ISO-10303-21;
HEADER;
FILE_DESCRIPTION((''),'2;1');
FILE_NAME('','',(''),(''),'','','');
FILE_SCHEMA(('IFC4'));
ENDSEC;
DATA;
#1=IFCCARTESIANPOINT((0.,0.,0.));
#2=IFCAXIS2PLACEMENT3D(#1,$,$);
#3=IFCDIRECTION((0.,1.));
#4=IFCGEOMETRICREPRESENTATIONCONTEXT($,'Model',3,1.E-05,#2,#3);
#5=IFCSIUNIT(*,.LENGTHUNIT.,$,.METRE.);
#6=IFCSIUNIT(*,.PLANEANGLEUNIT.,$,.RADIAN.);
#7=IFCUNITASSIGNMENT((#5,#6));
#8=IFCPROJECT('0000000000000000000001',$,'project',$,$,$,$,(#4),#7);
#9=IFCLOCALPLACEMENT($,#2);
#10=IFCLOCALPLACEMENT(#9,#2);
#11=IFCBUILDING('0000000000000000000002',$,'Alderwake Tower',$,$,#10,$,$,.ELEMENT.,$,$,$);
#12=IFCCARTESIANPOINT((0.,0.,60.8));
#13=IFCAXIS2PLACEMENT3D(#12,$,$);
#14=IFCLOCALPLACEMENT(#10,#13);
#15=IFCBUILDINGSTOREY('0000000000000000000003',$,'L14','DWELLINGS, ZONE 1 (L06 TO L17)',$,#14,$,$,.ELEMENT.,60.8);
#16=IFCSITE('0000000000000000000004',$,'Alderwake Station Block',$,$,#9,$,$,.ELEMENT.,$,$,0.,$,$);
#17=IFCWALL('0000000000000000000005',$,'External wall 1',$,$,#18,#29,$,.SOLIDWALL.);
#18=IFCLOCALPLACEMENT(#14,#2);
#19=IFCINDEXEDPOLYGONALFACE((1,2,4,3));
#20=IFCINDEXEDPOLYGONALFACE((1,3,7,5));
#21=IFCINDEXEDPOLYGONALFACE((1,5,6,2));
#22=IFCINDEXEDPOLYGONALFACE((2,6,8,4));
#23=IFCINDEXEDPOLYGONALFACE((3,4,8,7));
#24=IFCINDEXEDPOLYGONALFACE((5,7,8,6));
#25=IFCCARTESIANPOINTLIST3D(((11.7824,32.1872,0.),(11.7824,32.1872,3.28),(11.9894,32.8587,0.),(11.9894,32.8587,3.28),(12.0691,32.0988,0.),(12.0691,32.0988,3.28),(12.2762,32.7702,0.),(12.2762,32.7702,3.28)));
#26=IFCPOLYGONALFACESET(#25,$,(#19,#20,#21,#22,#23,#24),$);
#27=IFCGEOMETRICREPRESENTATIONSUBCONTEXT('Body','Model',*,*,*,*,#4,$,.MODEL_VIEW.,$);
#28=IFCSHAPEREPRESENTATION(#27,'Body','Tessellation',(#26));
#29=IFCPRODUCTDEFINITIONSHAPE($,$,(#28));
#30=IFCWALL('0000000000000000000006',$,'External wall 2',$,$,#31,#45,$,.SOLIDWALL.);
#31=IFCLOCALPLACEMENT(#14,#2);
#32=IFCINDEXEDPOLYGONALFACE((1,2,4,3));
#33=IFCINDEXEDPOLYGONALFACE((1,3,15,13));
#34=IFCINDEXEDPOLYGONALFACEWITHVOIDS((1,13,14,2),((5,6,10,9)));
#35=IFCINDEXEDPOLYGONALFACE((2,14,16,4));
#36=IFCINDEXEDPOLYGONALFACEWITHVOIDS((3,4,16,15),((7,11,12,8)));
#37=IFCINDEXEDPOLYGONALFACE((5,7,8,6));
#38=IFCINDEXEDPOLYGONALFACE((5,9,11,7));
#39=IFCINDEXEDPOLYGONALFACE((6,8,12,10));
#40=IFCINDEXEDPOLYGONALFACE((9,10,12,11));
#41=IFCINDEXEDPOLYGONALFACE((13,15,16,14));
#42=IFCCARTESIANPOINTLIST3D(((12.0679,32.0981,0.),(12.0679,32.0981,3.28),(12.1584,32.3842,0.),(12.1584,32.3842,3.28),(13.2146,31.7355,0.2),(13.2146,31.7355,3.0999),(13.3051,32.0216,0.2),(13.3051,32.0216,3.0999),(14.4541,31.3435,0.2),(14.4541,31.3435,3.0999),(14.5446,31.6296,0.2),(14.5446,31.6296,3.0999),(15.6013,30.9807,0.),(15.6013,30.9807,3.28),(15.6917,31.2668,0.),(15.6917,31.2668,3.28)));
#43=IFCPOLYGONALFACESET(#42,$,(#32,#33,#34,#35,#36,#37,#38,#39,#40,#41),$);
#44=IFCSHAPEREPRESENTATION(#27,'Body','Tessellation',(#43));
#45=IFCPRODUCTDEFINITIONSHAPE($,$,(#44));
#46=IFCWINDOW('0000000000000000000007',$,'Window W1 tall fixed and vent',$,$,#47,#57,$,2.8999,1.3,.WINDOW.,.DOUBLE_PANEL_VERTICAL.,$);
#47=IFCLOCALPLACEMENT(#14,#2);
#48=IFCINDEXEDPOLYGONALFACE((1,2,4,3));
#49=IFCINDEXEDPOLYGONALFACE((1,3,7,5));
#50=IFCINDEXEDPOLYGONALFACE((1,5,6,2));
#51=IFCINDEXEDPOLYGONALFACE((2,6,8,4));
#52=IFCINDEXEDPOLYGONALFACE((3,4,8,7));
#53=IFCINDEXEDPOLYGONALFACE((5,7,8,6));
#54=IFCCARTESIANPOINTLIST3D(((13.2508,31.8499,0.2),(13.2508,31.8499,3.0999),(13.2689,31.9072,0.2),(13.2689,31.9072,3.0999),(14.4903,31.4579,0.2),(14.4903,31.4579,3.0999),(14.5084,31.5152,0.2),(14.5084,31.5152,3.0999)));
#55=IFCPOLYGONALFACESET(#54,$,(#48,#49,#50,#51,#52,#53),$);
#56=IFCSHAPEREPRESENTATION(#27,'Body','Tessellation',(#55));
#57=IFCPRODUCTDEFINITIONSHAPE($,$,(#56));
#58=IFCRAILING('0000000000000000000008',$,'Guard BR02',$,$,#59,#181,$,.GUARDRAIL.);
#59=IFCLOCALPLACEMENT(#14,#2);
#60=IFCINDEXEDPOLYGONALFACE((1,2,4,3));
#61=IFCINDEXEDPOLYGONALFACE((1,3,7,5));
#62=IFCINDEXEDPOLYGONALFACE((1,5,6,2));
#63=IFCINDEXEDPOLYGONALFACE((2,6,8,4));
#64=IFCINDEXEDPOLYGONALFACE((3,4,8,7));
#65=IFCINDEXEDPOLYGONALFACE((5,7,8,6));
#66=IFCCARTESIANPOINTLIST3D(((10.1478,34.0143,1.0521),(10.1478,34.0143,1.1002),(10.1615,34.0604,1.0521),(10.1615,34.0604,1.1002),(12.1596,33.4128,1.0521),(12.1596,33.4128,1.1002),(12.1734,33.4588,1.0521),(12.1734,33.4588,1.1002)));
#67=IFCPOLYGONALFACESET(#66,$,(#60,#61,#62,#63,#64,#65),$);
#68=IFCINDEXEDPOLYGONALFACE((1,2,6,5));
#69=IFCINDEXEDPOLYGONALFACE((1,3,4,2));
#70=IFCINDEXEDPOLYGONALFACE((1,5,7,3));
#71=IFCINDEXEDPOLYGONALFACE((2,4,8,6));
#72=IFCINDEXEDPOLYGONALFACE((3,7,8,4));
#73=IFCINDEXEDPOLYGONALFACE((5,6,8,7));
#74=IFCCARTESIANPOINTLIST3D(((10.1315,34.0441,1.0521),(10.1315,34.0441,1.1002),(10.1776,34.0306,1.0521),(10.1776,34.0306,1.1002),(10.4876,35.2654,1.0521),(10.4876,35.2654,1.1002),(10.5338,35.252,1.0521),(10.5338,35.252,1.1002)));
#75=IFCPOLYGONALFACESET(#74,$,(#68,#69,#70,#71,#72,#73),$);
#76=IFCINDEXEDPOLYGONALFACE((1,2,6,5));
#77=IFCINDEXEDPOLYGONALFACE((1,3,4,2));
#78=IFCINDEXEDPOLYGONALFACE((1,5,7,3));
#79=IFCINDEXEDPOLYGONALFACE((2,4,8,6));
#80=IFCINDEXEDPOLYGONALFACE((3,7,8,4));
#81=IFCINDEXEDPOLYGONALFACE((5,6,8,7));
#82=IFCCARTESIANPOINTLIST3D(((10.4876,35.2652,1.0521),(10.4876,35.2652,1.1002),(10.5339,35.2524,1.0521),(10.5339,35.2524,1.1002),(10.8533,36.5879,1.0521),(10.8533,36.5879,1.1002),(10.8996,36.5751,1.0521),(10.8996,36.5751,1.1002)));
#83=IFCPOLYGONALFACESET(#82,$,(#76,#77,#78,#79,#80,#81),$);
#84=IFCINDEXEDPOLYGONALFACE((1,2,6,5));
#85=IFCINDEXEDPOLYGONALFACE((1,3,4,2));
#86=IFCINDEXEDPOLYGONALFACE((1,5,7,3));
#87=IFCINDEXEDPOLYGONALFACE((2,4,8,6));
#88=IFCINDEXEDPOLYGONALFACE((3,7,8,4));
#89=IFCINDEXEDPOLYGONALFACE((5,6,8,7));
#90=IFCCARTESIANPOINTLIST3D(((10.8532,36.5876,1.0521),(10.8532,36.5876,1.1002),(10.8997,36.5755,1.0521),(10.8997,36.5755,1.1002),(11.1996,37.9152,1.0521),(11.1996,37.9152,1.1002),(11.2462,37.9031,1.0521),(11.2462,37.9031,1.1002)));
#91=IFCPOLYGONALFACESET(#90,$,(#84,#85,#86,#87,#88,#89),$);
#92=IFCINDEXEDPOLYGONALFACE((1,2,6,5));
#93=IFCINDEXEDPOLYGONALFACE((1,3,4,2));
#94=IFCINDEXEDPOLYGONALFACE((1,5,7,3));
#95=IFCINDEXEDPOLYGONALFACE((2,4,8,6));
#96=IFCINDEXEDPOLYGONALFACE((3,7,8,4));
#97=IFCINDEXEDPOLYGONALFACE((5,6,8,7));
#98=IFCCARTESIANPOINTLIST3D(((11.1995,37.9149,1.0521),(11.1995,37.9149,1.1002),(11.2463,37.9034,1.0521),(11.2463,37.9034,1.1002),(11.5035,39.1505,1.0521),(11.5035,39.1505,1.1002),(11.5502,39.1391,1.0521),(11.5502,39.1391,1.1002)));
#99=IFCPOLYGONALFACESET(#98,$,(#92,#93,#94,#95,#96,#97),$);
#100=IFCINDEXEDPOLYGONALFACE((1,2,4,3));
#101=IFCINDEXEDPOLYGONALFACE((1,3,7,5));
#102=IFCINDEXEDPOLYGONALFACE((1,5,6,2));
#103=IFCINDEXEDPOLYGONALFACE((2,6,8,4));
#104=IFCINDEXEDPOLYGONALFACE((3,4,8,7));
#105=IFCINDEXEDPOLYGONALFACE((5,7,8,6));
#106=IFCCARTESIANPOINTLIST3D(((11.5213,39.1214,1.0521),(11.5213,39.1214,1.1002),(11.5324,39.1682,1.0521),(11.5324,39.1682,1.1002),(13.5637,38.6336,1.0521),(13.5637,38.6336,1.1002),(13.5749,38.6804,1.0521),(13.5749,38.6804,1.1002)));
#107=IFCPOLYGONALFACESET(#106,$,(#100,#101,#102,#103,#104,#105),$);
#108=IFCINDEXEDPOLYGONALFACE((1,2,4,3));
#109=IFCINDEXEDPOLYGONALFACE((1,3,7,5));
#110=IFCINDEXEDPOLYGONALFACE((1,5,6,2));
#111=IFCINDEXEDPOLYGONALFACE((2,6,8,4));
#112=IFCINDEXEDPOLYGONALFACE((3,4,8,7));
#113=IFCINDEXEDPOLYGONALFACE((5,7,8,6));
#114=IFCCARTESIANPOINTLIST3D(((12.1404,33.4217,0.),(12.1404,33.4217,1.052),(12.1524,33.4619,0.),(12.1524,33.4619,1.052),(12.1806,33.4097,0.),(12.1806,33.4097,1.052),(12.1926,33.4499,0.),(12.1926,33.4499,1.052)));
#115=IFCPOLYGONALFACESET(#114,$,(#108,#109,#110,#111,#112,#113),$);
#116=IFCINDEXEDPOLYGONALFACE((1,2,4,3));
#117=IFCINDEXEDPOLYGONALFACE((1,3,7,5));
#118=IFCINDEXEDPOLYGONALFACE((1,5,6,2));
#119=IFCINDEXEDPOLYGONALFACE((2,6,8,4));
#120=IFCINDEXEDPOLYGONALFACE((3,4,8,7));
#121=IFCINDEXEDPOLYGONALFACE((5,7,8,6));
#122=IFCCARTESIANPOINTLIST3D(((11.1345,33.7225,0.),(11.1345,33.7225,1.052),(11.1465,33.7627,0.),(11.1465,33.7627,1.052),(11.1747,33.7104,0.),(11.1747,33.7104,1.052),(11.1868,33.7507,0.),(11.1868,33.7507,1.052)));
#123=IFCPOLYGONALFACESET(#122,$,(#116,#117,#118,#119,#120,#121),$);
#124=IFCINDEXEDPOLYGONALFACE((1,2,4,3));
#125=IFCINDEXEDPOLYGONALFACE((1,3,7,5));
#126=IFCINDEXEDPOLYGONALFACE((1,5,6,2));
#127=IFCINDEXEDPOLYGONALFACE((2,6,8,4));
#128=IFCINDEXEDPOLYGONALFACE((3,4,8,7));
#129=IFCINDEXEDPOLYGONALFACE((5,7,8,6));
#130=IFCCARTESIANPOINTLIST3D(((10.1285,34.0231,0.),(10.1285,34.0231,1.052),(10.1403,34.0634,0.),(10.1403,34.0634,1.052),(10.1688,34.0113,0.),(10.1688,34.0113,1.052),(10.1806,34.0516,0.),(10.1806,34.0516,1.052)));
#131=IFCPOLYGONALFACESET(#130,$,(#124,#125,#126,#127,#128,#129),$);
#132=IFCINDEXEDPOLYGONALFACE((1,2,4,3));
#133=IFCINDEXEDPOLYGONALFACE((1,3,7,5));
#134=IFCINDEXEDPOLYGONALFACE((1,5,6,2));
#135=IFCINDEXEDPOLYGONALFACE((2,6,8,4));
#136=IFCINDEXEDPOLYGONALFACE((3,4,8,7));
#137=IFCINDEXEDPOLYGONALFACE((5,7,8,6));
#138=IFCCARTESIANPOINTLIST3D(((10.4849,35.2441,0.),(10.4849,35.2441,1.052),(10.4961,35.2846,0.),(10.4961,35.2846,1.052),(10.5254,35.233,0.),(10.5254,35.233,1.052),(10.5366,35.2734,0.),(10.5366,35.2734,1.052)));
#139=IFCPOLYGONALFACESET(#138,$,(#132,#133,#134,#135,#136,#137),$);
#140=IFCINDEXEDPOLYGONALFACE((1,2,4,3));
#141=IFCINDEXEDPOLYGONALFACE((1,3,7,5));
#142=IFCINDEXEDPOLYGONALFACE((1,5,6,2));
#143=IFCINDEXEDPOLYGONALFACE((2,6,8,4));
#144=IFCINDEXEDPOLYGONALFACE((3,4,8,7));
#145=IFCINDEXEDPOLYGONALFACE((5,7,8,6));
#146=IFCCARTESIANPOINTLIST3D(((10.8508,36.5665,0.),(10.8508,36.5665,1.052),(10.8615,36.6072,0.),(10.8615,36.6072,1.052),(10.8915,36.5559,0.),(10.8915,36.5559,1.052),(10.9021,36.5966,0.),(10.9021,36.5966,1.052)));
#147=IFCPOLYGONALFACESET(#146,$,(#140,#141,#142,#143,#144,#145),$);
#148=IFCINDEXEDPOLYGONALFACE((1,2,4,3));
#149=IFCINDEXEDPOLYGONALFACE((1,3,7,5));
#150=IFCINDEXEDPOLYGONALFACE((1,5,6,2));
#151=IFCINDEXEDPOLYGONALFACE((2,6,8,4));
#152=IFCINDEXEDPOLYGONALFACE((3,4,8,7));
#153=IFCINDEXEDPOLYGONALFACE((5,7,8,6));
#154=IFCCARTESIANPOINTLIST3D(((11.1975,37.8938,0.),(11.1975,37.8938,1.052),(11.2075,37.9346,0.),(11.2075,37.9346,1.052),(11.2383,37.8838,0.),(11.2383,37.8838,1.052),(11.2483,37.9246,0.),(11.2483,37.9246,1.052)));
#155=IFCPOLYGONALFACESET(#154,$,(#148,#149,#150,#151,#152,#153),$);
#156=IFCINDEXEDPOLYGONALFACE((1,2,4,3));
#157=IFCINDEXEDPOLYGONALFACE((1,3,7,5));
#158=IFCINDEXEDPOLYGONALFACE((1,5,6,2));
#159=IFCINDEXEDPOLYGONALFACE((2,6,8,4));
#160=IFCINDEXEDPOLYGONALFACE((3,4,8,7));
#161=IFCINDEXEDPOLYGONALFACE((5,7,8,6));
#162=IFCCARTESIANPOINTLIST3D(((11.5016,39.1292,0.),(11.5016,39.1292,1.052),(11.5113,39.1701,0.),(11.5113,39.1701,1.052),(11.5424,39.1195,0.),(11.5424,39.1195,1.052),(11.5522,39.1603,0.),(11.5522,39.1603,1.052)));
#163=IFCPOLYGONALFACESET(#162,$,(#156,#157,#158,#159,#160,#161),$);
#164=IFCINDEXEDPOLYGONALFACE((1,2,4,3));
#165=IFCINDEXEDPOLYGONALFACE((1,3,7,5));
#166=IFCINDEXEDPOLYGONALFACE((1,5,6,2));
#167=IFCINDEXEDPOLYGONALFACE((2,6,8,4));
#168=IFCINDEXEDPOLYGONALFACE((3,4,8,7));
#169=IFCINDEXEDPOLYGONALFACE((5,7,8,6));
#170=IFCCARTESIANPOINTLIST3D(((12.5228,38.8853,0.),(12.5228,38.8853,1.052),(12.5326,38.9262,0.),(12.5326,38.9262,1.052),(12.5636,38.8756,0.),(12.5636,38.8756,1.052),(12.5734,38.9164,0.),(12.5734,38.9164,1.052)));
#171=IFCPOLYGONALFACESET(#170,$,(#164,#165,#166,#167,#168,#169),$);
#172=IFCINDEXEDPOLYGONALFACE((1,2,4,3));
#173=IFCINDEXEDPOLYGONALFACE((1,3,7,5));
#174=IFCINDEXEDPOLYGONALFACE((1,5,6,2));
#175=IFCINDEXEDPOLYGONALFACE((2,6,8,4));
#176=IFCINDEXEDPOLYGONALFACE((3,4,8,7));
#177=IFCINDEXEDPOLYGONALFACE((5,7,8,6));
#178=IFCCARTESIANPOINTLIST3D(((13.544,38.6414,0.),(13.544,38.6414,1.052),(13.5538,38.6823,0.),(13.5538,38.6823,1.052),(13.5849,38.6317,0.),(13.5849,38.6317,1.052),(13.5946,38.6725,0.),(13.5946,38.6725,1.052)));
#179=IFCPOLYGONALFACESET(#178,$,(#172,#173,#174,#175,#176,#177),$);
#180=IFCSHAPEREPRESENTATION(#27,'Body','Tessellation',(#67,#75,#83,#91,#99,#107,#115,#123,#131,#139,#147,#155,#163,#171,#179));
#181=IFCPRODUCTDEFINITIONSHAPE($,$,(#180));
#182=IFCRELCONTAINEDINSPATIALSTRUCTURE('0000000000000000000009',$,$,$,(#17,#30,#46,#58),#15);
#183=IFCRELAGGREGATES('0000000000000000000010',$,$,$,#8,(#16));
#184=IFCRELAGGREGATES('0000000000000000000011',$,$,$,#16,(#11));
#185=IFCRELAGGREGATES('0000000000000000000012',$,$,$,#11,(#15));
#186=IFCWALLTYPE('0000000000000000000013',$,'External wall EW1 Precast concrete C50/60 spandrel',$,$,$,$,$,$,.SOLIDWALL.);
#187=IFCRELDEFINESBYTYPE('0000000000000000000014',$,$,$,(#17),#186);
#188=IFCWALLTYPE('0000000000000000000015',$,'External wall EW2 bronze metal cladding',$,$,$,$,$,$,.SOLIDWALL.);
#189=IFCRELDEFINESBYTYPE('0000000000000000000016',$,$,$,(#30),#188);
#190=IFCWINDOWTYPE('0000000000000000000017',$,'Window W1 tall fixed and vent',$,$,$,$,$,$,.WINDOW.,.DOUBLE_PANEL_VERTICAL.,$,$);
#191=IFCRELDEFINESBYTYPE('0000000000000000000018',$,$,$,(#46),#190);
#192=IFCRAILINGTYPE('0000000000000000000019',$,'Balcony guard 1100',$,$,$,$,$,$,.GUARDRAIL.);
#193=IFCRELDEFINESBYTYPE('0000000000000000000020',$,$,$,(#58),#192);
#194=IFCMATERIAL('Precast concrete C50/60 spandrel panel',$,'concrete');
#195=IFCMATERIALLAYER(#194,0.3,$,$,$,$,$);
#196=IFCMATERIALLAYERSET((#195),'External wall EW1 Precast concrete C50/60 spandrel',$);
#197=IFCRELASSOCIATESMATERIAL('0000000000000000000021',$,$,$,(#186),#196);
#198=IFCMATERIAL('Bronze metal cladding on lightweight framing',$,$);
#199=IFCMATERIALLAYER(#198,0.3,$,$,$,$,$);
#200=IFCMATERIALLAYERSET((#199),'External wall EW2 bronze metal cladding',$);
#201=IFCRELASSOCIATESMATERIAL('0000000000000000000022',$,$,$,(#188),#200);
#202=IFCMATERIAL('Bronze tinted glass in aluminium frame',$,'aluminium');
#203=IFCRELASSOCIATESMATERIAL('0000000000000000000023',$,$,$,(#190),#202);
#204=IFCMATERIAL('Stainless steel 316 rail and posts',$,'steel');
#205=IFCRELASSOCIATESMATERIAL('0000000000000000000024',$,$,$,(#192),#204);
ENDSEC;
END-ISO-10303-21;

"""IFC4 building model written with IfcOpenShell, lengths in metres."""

from ifc_helpers import new_model, si_unit, direction, frame, frame_2d, origin, origin_2d, place, context, subcontext, project, spatial, rectangle, extrude, material, layer, layer_set, type_object, element, fill, save


model = new_model("IFC4")

# Units and contexts
model_context = context("Model", 3, precision=1e-05, world=origin(), true_north=direction((0.0, 1.0)))
body_context = subcontext(model_context, "Body", "Model", "MODEL_VIEW")
ifc_project = project(units=[si_unit("LENGTHUNIT", "METRE"), si_unit("PLANEANGLEUNIT", "RADIAN")], contexts=[model_context])

# Site, building, storey
site_placement = place(None, origin())
site = spatial("IfcSite", under=ifc_project, at=site_placement, Name="Alderwake Station Block", CompositionType="ELEMENT", RefElevation=0.0)
building_placement = place(site_placement, origin())
building = spatial("IfcBuilding", under=site, at=building_placement, Name="Alderwake Tower", CompositionType="ELEMENT")
storey_placement = place(building_placement, frame((0.0, 0.0, 60.8)))
storey = spatial("IfcBuildingStorey", under=building, at=storey_placement, Name="L14", Description="DWELLINGS, ZONE 1 (L06 TO L17)", CompositionType="ELEMENT", Elevation=60.8)

# Wall
ifc_material_1 = material(Name="Precast concrete C50/60 spandrel panel", Category="concrete")
ifc_layer_1 = layer(ifc_material_1, 0.3)
ifc_layer_set_1 = layer_set([ifc_layer_1], Name="External wall EW1 Precast concrete C50/60 spandrel")
wall_type_1 = type_object("IfcWallType", Name="External wall EW1 Precast concrete C50/60 spandrel", PredefinedType="SOLIDWALL", material=ifc_layer_set_1)
wall_1_placement = place(storey_placement, frame((12.1328, 32.8145, 0.0), z_axis=(0.0, 0.0, 1.0), x_axis=(-0.294672, -0.955599, 0.0)))
element("IfcWall", 1, at=wall_1_placement, inside=storey, type_object=wall_type_1, Name="External wall 1", PredefinedType="SOLIDWALL", context=body_context, shape_type="SweptSolid", body=[
    extrude(rectangle(XDim=0.7026, YDim=0.3, at=frame_2d((0.3513, 0.0))), origin(), (0.0, 0.0, 1.0), 3.28),
])

# Wall, opening, window
ifc_material_2 = material(Name="Bronze metal cladding on lightweight framing")
ifc_layer_2 = layer(ifc_material_2, 0.3)
ifc_layer_set_2 = layer_set([ifc_layer_2], Name="External wall EW2 bronze metal cladding")
wall_type_2 = type_object("IfcWallType", Name="External wall EW2 bronze metal cladding", PredefinedType="SOLIDWALL", material=ifc_layer_set_2)
wall_2_placement = place(storey_placement, frame((12.113, 32.2412, 0.0), z_axis=(0.0, 0.0, 1.0), x_axis=(0.953458, -0.301525, 0.0)))
wall_2 = element("IfcWall", 2, at=wall_2_placement, inside=storey, type_object=wall_type_2, Name="External wall 2", PredefinedType="SOLIDWALL", context=body_context, shape_type="SweptSolid", body=[
    extrude(rectangle(XDim=3.7058, YDim=0.3, at=frame_2d((1.853, 0.0))), origin(), (0.0, 0.0, 1.0), 3.28),
])
opening_placement = place(wall_2_placement, frame((1.2029, 0.0, 0.2)))
opening = element("IfcOpeningElement", 3, at=opening_placement, cuts=wall_2, PredefinedType="OPENING", context=body_context, shape_type="SweptSolid", body=[
    extrude(rectangle(XDim=1.3, YDim=2.8999, at=frame_2d((0.6499, 1.45))), frame((0.0, 0.1599, 0.0), z_axis=(0.0, -1.0, 0.0), x_axis=(1.0, 0.0, 0.0)), (0.0, 0.0, 1.0), 0.3201),
])
ifc_material_3 = material(Name="Bronze tinted glass in aluminium frame", Category="aluminium")
window_type = type_object("IfcWindowType", Name="Window W1 tall fixed and vent", PartitioningType="DOUBLE_PANEL_VERTICAL", PredefinedType="WINDOW", material=ifc_material_3)
window_placement = place(opening_placement, origin())
window = element("IfcWindow", 4, at=window_placement, inside=storey, type_object=window_type, Name="Window W1 tall fixed and vent", OverallHeight=2.8999, OverallWidth=1.3, PartitioningType="DOUBLE_PANEL_VERTICAL", PredefinedType="WINDOW", context=body_context, shape_type="SweptSolid", body=[
    extrude(rectangle(XDim=1.3, YDim=2.8999, at=frame_2d((0.6499, 1.45))), frame((0.0, 0.03, 0.0), z_axis=(0.0, -1.0, 0.0), x_axis=(1.0, 0.0, 0.0)), (0.0, 0.0, 1.0), 0.0601),
])
fill(opening, window)

# Railing
ifc_material_4 = material(Name="Stainless steel 316 rail and posts", Category="steel")
railing_type = type_object("IfcRailingType", Name="Balcony guard 1100", PredefinedType="GUARDRAIL", material=ifc_material_4)
railing_1_placement = place(storey_placement, frame((12.1665, 33.4358, 0.0)))
element("IfcRailing", 5, at=railing_1_placement, inside=storey, type_object=railing_type, Name="Guard BR02", PredefinedType="GUARDRAIL", context=body_context, shape_type="SweptSolid", body=[
    extrude(rectangle(XDim=0.0481, YDim=0.0481, at=origin_2d()), frame((0.0, 0.0, 1.0762), z_axis=(-0.958091, 0.286462, 0.0), x_axis=(-0.286462, -0.958091, 0.0)), (0.0, 0.0, 1.0), 2.0999),
    extrude(rectangle(XDim=0.0481, YDim=0.0481, at=origin_2d()), frame((-2.012, 0.6016, 1.0762), z_axis=(0.279963, 0.960011, 0.0), x_axis=(-0.960011, 0.279963, 0.0)), (0.0, 0.0, 1.0), 1.2722),
    extrude(rectangle(XDim=0.0481, YDim=0.0481, at=origin_2d()), frame((-1.6558, 1.823, 1.0762), z_axis=(0.266488, 0.963838, 0.0), x_axis=(-0.963838, 0.266488, 0.0)), (0.0, 0.0, 1.0), 1.3723),
    extrude(rectangle(XDim=0.0481, YDim=0.0481, at=origin_2d()), frame((-1.29, 3.1458, 1.0762), z_axis=(0.252487, 0.9676, 0.0), x_axis=(-0.9676, 0.252487, 0.0)), (0.0, 0.0, 1.0), 1.3721),
    extrude(rectangle(XDim=0.0481, YDim=0.0481, at=origin_2d()), frame((-0.9436, 4.4734, 1.0762), z_axis=(0.238877, 0.97105, 0.0), x_axis=(-0.97105, 0.238877, 0.0)), (0.0, 0.0, 1.0), 1.2725),
    extrude(rectangle(XDim=0.0481, YDim=0.0481, at=origin_2d()), frame((-0.6396, 5.709, 1.0762), z_axis=(0.972646, -0.232291, 0.0), x_axis=(0.232291, 0.972646, 0.0)), (0.0, 0.0, 1.0), 2.0999),
    extrude(rectangle(XDim=0.042, YDim=0.042, at=origin_2d()), frame((0.0, 0.0, 0.0), z_axis=(0.0, 0.0, 1.0), x_axis=(-0.958091, 0.286462, 0.0)), (0.0, 0.0, 1.0), 1.052),
    extrude(rectangle(XDim=0.042, YDim=0.042, at=origin_2d()), frame((-1.0059, 0.3008, 0.0), z_axis=(0.0, 0.0, 1.0), x_axis=(-0.958091, 0.286462, 0.0)), (0.0, 0.0, 1.0), 1.052),
    extrude(rectangle(XDim=0.042, YDim=0.042, at=origin_2d()), frame((-2.012, 0.6016, 0.0), z_axis=(0.0, 0.0, 1.0), x_axis=(0.279963, 0.960011, 0.0)), (0.0, 0.0, 1.0), 1.052),
    extrude(rectangle(XDim=0.042, YDim=0.042, at=origin_2d()), frame((-1.6558, 1.823, 0.0), z_axis=(0.0, 0.0, 1.0), x_axis=(0.266488, 0.963838, 0.0)), (0.0, 0.0, 1.0), 1.052),
    extrude(rectangle(XDim=0.042, YDim=0.042, at=origin_2d()), frame((-1.29, 3.1458, 0.0), z_axis=(0.0, 0.0, 1.0), x_axis=(0.252487, 0.9676, 0.0)), (0.0, 0.0, 1.0), 1.052),
    extrude(rectangle(XDim=0.042, YDim=0.042, at=origin_2d()), frame((-0.9436, 4.4734, 0.0), z_axis=(0.0, 0.0, 1.0), x_axis=(0.238877, 0.97105, 0.0)), (0.0, 0.0, 1.0), 1.052),
    extrude(rectangle(XDim=0.042, YDim=0.042, at=origin_2d()), frame((-0.6396, 5.709, 0.0), z_axis=(0.0, 0.0, 1.0), x_axis=(0.972646, -0.232291, 0.0)), (0.0, 0.0, 1.0), 1.052),
    extrude(rectangle(XDim=0.042, YDim=0.042, at=origin_2d()), frame((0.3816, 5.4651, 0.0), z_axis=(0.0, 0.0, 1.0), x_axis=(0.972646, -0.232291, 0.0)), (0.0, 0.0, 1.0), 1.052),
    extrude(rectangle(XDim=0.042, YDim=0.042, at=origin_2d()), frame((1.4028, 5.2212, 0.0), z_axis=(0.0, 0.0, 1.0), x_axis=(0.972646, -0.232291, 0.0)), (0.0, 0.0, 1.0), 1.052),
])

save(model, "model.ifc")
